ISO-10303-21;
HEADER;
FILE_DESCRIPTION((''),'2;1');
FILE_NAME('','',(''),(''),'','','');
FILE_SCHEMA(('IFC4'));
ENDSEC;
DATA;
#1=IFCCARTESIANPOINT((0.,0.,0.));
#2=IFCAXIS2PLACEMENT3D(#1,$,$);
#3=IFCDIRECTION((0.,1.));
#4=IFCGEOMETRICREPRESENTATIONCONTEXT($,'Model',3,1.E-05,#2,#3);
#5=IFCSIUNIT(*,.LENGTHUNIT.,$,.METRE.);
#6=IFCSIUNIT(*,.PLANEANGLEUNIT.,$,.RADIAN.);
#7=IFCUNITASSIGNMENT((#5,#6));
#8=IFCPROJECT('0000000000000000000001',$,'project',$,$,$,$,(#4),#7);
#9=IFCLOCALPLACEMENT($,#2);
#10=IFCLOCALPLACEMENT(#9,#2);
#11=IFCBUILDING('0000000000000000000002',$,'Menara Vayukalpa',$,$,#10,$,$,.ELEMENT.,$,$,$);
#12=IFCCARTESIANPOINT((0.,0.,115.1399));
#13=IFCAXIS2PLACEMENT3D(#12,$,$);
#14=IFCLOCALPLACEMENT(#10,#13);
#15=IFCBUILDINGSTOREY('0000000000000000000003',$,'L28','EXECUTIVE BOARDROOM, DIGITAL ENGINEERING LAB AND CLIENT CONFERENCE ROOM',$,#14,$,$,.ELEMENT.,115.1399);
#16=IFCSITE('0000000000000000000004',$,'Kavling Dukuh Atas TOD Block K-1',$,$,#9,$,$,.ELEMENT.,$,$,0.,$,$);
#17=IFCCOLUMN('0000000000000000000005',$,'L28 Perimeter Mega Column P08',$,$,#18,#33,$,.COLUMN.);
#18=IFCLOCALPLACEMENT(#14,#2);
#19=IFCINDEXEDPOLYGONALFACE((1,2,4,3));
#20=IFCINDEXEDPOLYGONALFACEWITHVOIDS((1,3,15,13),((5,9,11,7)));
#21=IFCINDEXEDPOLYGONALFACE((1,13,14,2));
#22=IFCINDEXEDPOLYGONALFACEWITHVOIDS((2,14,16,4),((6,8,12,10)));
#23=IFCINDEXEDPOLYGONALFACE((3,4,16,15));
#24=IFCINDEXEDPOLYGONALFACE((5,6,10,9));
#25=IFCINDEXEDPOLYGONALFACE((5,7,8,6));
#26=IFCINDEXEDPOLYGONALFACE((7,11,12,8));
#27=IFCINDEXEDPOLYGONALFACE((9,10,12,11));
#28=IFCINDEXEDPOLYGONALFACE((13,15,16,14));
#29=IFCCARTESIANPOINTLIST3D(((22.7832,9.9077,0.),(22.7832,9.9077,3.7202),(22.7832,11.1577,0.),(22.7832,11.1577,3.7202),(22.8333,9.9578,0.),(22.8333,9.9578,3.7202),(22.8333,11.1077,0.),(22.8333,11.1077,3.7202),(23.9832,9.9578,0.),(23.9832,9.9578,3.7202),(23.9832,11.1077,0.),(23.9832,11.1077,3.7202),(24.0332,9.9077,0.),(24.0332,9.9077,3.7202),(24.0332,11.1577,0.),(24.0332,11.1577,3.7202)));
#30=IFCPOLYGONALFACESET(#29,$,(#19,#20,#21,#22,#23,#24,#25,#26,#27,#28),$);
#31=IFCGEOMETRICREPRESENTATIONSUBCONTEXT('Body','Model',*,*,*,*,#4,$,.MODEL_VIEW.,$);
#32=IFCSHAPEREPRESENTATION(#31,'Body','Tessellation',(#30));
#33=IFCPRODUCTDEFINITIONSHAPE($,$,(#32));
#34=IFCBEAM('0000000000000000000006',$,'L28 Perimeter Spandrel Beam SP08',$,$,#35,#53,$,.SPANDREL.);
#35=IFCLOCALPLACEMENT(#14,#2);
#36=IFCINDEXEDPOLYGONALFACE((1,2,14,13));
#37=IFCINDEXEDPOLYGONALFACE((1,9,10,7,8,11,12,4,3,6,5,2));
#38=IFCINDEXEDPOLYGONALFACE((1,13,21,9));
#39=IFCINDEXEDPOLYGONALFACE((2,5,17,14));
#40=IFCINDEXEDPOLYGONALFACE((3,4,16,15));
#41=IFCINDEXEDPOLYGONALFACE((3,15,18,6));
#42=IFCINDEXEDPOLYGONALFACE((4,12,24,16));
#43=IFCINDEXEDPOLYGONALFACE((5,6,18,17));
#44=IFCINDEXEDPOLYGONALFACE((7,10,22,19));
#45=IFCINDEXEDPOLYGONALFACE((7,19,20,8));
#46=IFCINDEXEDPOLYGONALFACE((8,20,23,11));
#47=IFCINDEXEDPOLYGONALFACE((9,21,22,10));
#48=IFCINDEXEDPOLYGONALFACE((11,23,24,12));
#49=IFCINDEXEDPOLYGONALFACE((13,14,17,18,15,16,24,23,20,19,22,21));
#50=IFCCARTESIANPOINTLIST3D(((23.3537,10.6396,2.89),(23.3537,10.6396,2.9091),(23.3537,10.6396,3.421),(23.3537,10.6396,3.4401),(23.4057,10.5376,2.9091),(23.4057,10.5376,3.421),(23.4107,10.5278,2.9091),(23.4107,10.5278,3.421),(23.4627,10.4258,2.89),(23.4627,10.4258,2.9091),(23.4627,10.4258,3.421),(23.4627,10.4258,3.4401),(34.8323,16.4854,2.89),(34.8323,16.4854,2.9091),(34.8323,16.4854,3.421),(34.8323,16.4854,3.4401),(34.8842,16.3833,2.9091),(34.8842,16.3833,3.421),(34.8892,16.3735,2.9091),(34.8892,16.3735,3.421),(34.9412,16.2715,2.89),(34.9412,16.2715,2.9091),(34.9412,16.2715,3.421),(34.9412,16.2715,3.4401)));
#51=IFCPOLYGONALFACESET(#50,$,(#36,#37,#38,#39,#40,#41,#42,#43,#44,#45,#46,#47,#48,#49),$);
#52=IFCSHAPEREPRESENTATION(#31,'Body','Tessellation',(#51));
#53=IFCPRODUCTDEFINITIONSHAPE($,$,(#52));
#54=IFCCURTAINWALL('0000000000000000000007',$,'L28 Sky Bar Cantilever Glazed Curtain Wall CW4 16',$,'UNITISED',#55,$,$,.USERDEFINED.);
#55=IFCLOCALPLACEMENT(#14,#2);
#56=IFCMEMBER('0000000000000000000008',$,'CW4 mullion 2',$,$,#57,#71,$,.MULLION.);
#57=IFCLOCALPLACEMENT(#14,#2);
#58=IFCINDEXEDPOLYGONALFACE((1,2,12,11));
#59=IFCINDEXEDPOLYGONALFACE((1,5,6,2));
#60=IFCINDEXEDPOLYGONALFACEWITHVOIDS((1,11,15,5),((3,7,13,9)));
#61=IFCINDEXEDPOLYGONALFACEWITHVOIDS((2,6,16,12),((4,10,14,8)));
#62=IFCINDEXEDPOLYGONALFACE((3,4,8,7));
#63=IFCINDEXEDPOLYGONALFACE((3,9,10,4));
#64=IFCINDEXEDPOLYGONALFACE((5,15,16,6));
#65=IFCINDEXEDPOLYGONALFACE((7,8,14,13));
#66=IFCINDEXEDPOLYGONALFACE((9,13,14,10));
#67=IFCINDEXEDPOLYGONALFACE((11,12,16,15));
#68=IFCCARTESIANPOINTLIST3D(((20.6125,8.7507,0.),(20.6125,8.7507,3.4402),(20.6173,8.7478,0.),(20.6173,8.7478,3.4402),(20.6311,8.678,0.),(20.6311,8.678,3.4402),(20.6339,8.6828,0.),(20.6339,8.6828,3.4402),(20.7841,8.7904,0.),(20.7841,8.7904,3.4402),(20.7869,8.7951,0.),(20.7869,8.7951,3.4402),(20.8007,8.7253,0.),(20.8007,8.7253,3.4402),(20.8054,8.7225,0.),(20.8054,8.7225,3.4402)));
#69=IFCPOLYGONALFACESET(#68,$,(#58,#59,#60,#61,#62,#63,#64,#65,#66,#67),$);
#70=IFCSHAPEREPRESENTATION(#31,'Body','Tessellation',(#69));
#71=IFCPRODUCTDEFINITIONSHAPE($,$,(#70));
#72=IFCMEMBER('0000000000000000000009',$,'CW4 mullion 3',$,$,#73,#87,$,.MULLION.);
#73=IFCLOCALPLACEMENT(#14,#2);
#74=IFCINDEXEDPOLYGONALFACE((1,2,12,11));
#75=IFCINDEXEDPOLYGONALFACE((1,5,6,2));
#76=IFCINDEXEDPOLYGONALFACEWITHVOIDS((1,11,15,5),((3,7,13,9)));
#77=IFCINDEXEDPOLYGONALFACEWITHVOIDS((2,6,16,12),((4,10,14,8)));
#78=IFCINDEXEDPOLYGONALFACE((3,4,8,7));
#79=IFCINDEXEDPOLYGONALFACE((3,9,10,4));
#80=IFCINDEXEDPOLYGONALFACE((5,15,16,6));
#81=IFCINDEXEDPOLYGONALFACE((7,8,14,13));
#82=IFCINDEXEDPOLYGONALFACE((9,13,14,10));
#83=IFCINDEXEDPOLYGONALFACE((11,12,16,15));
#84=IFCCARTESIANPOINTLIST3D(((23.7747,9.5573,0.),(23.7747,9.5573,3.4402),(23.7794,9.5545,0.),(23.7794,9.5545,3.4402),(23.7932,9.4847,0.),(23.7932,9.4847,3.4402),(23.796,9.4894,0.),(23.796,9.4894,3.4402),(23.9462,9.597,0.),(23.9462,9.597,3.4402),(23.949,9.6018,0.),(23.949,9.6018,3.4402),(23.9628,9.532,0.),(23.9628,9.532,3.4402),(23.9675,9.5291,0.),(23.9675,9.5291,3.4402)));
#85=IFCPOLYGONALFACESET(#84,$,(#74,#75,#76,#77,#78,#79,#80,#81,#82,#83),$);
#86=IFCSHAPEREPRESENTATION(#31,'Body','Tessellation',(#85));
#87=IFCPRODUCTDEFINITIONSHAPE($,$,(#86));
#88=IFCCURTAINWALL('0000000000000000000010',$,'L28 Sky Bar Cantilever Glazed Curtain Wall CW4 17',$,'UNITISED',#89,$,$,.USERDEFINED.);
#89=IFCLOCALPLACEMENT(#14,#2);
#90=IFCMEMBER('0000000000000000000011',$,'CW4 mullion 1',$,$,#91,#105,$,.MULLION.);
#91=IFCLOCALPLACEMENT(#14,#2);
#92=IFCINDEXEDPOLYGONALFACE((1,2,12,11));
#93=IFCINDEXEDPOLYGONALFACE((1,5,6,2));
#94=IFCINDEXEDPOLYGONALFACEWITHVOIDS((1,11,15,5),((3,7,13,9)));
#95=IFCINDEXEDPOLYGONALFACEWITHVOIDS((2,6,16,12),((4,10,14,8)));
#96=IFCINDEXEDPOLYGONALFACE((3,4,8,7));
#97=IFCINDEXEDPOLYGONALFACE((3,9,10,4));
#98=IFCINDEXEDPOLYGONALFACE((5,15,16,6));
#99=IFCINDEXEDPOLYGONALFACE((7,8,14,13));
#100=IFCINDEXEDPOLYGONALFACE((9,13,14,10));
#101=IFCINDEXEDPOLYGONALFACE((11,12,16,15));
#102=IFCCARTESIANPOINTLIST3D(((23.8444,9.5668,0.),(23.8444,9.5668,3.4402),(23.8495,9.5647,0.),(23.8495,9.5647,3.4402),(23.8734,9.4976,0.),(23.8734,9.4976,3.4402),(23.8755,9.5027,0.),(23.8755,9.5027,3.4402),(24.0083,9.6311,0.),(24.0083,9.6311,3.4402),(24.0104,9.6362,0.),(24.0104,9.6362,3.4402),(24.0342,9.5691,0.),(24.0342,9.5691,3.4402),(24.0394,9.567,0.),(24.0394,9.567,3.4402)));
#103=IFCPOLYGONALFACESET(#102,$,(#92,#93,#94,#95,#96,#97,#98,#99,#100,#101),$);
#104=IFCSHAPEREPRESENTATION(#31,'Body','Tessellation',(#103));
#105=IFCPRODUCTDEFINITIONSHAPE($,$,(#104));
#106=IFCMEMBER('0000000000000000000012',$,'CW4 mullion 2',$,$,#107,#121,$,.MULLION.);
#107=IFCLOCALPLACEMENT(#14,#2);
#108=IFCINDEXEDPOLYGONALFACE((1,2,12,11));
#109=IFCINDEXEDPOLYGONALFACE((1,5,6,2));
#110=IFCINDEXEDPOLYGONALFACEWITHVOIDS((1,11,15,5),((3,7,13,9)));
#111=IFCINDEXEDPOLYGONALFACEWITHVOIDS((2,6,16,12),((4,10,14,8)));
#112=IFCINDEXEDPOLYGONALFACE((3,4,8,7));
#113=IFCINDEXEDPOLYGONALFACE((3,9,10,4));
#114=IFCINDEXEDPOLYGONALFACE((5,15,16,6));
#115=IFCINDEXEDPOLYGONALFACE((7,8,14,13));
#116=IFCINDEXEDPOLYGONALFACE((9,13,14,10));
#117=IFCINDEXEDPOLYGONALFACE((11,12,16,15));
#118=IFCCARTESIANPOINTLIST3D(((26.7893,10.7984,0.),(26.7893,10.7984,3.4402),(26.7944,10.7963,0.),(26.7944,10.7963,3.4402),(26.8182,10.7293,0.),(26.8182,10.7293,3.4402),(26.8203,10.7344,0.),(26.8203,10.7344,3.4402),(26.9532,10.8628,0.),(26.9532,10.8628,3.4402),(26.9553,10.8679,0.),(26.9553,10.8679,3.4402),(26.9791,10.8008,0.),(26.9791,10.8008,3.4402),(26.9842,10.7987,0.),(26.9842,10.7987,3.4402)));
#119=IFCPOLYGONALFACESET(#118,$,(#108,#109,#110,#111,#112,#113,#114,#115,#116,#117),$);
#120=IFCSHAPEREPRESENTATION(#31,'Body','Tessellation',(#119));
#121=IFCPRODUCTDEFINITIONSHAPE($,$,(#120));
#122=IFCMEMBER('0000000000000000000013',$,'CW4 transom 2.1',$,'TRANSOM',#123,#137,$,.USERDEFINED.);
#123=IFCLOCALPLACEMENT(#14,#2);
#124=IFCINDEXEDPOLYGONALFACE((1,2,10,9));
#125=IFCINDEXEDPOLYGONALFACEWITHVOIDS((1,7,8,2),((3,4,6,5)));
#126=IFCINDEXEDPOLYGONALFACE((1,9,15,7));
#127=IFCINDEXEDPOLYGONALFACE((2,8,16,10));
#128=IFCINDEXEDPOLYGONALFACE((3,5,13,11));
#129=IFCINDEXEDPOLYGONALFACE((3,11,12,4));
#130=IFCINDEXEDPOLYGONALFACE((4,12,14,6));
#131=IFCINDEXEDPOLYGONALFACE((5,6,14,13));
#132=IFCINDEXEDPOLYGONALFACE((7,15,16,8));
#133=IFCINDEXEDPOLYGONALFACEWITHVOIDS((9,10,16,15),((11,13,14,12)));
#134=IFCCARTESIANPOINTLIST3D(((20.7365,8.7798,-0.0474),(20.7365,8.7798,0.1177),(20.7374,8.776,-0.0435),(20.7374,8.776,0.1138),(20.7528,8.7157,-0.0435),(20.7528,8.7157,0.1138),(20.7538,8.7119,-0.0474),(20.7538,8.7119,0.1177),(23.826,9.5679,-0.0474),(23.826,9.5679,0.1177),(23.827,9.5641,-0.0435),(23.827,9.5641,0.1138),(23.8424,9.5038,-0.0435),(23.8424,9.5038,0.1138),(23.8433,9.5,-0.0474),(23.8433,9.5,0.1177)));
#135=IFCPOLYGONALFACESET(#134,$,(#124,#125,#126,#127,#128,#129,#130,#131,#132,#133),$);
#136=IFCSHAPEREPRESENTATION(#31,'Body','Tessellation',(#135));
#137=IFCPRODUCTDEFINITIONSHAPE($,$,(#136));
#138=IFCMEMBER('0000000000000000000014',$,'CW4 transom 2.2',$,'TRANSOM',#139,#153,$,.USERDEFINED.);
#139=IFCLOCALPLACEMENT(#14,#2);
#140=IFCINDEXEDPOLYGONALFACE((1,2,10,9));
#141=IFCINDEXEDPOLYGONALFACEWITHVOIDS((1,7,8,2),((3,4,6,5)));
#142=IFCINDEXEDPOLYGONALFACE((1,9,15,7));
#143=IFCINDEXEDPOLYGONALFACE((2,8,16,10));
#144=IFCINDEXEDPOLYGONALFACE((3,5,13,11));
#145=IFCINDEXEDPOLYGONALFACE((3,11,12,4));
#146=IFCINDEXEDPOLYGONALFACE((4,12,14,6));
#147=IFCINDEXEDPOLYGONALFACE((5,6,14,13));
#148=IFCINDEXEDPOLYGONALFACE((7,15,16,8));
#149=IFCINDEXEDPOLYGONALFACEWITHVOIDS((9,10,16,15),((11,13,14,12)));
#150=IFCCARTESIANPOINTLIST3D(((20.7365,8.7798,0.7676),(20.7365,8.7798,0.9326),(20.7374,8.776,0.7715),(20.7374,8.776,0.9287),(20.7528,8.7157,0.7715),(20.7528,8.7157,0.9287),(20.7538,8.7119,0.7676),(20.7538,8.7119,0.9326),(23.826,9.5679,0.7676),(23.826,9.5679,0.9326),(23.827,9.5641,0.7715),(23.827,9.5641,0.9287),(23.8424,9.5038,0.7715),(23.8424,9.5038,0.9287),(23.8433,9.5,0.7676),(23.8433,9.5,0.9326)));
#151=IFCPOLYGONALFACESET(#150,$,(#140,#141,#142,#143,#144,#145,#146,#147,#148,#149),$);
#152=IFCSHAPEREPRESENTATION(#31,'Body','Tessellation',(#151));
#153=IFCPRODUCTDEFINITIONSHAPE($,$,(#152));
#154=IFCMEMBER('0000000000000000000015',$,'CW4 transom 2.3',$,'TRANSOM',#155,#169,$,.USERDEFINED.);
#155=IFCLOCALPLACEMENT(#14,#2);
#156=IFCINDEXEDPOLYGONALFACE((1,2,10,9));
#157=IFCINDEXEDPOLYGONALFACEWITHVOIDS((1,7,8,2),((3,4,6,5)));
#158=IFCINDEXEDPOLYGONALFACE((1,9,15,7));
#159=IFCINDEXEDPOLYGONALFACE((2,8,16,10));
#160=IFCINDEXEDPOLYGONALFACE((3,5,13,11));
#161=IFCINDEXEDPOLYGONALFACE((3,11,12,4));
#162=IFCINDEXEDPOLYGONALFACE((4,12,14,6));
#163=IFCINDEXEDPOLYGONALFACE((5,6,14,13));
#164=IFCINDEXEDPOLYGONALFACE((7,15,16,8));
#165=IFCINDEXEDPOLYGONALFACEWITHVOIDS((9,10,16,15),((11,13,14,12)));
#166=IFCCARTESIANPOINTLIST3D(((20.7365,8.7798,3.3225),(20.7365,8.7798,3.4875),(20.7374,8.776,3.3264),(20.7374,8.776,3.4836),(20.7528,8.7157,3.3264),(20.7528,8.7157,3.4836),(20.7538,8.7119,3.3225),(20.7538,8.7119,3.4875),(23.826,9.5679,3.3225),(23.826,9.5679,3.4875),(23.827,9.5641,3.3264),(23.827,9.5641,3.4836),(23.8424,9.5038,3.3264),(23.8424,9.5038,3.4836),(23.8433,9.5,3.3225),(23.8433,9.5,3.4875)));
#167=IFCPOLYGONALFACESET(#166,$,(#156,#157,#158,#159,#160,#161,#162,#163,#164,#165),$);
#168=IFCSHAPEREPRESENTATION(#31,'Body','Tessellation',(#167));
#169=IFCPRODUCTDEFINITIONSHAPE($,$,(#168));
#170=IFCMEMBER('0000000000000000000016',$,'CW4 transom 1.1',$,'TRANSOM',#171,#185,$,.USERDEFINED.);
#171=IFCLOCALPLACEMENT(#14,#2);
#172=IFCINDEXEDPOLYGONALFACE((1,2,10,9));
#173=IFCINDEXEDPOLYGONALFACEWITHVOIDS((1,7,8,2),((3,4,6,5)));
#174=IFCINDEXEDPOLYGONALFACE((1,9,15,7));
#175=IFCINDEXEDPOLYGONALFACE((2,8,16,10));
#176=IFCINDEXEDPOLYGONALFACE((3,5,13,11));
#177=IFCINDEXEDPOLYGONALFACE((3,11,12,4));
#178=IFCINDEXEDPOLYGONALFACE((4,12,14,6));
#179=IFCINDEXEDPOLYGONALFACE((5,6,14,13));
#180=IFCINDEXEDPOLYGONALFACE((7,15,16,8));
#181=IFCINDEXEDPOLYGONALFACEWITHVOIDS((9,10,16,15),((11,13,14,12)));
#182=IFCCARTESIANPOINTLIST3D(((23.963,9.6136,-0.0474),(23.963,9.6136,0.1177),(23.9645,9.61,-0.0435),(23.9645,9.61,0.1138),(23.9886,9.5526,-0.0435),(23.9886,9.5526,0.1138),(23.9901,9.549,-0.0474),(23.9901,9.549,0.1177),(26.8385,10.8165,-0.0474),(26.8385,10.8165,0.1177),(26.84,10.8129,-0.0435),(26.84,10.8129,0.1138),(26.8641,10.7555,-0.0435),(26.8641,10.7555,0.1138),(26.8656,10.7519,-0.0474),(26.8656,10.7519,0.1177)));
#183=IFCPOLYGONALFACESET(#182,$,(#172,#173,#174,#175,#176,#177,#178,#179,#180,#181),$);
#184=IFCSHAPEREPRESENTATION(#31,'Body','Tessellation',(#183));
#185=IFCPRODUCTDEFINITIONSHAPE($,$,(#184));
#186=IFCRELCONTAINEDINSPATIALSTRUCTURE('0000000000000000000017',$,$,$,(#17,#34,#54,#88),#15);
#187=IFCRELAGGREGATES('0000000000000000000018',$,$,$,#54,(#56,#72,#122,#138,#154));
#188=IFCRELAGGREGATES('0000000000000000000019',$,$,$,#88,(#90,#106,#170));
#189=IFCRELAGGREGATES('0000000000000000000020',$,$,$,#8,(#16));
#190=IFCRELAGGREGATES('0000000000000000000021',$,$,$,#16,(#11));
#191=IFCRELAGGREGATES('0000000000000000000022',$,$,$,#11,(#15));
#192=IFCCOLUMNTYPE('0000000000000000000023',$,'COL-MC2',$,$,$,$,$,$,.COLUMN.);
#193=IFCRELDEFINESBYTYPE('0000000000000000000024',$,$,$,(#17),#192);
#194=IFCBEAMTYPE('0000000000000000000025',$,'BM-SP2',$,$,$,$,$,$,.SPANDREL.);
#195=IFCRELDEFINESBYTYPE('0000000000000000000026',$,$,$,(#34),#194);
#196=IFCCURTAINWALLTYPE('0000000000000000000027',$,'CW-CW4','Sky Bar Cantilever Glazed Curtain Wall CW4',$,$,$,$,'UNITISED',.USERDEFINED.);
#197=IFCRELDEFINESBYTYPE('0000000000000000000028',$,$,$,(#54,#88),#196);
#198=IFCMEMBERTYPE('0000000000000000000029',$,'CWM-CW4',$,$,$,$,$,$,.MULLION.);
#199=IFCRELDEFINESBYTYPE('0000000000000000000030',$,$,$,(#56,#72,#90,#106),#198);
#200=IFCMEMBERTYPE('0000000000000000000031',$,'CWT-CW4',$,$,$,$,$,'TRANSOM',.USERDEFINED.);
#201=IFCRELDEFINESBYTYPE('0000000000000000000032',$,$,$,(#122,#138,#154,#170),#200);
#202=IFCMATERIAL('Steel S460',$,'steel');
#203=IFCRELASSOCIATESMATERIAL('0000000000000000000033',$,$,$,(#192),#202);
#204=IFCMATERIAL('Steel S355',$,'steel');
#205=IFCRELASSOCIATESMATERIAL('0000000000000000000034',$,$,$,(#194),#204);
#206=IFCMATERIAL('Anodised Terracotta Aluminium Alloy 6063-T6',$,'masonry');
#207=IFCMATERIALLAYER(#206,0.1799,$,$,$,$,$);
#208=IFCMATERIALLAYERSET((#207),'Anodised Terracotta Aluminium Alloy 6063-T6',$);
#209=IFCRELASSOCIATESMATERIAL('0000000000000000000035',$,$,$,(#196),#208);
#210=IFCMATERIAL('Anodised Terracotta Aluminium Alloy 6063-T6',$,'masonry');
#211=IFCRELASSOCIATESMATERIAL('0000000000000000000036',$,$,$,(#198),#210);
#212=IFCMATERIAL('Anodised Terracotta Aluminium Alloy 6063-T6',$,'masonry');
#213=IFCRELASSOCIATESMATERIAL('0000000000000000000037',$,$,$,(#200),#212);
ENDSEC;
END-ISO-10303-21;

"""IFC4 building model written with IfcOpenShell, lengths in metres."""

from ifc_helpers import new_model, si_unit, direction, frame, origin, origin_2d, place, context, subcontext, project, spatial, hollow_rectangle, i_section, extrude, material, layer, layer_set, material_profile, profile_set, type_object, element, aggregate, save


model = new_model("IFC4")

# Units and contexts
model_context = context("Model", 3, precision=1e-05, world=origin(), true_north=direction((0.0, 1.0)))
body_context = subcontext(model_context, "Body", "Model", "MODEL_VIEW")
ifc_project = project(units=[si_unit("LENGTHUNIT", "METRE"), si_unit("PLANEANGLEUNIT", "RADIAN")], contexts=[model_context])

# Site, building, storey
site_placement = place(None, origin())
site = spatial("IfcSite", under=ifc_project, at=site_placement, Name="Kavling Dukuh Atas TOD Block K-1", CompositionType="ELEMENT", RefElevation=0.0)
building_placement = place(site_placement, origin())
building = spatial("IfcBuilding", under=site, at=building_placement, Name="Menara Vayukalpa", CompositionType="ELEMENT")
storey_placement = place(building_placement, frame((0.0, 0.0, 115.1399)))
storey = spatial("IfcBuildingStorey", under=building, at=storey_placement, Name="L28", Description="EXECUTIVE BOARDROOM, DIGITAL ENGINEERING LAB AND CLIENT CONFERENCE ROOM", CompositionType="ELEMENT", Elevation=115.1399)

# Column
ifc_material_1 = material(Name="Steel S460", Category="steel")
ifc_material_profile_1 = material_profile(ifc_material_1, hollow_rectangle(XDim=1.25, YDim=1.25, WallThickness=0.05, at=origin_2d()), Name="BOX 1250x1250x50")
ifc_profile_set_1 = profile_set([ifc_material_profile_1], Name="Steel S460")
column_type = type_object("IfcColumnType", Name="COL-MC2", PredefinedType="COLUMN", material=ifc_profile_set_1)
column_placement = place(storey_placement, frame((23.4082, 10.5327, 0.0), z_axis=(0.0, 0.0, 1.0), x_axis=(1.0, 0.0, 0.0)))
element("IfcColumn", 1, at=column_placement, inside=storey, type_object=column_type, Name="L28 Perimeter Mega Column P08", PredefinedType="COLUMN", context=body_context, shape_type="SweptSolid", body=[
    extrude(hollow_rectangle(XDim=1.25, YDim=1.25, WallThickness=0.05, at=origin_2d()), origin(), (0.0, 0.0, 1.0), 3.7202),
])

# Beam
ifc_material_2 = material(Name="Steel S355", Category="steel")
ifc_material_profile_2 = material_profile(ifc_material_2, i_section(OverallWidth=0.24, OverallDepth=0.55, WebThickness=0.011, FlangeThickness=0.019, at=origin_2d()), Name="WF 550x240x11x19")
ifc_profile_set_2 = profile_set([ifc_material_profile_2], Name="Steel S355")
beam_type = type_object("IfcBeamType", Name="BM-SP2", PredefinedType="SPANDREL", material=ifc_profile_set_2)
beam_placement = place(storey_placement, frame((23.4082, 10.5327, 3.165), z_axis=(0.891097, 0.453812, 0.0), x_axis=(-0.453812, 0.891097, 0.0)))
element("IfcBeam", 2, at=beam_placement, inside=storey, type_object=beam_type, Name="L28 Perimeter Spandrel Beam SP08", PredefinedType="SPANDREL", context=body_context, shape_type="SweptSolid", body=[
    extrude(i_section(OverallWidth=0.24, OverallDepth=0.55, WebThickness=0.011, FlangeThickness=0.019, at=origin_2d()), origin(), (0.0, 0.0, 1.0), 12.8813),
])

# Curtain walls, members
ifc_material_3 = material(Name="Anodised Terracotta Aluminium Alloy 6063-T6", Category="masonry")
ifc_layer_1 = layer(ifc_material_3, 0.1799)
ifc_layer_set_1 = layer_set([ifc_layer_1], Name="Anodised Terracotta Aluminium Alloy 6063-T6")
curtain_wall_type = type_object("IfcCurtainWallType", Name="CW-CW4", Description="Sky Bar Cantilever Glazed Curtain Wall CW4", ElementType="UNITISED", PredefinedType="USERDEFINED", material=ifc_layer_set_1)
curtain_wall_1_placement = place(storey_placement, origin())
curtain_wall_1 = element("IfcCurtainWall", 3, at=curtain_wall_1_placement, inside=storey, type_object=curtain_wall_type, Name="L28 Sky Bar Cantilever Glazed Curtain Wall CW4 16", ObjectType="UNITISED", PredefinedType="USERDEFINED")
ifc_material_4 = material(Name="Anodised Terracotta Aluminium Alloy 6063-T6", Category="masonry")
ifc_material_profile_3 = material_profile(ifc_material_4, hollow_rectangle(XDim=0.075, YDim=0.1799, WallThickness=0.0039, at=origin_2d()), Name="ALU 75x180x4")
ifc_profile_set_3 = profile_set([ifc_material_profile_3], Name="Anodised Terracotta Aluminium Alloy 6063-T6")
member_type_1 = type_object("IfcMemberType", Name="CWM-CW4", PredefinedType="MULLION", material=ifc_profile_set_3)
member_1_placement = place(storey_placement, frame((20.709, 8.7366, 0.0), z_axis=(0.0, 0.0, 1.0), x_axis=(-0.247131, 0.968982, 0.0)))
member_1 = element("IfcMember", 4, at=member_1_placement, type_object=member_type_1, Name="CW4 mullion 2", PredefinedType="MULLION", context=body_context, shape_type="SweptSolid", body=[
    extrude(hollow_rectangle(XDim=0.075, YDim=0.1799, WallThickness=0.0039, at=origin_2d()), origin(), (0.0, 0.0, 1.0), 3.4402),
])
member_2_placement = place(storey_placement, frame((23.8711, 9.5432, 0.0), z_axis=(0.0, 0.0, 1.0), x_axis=(-0.247131, 0.968982, 0.0)))
member_2 = element("IfcMember", 5, at=member_2_placement, type_object=member_type_1, Name="CW4 mullion 3", PredefinedType="MULLION", context=body_context, shape_type="SweptSolid", body=[
    extrude(hollow_rectangle(XDim=0.075, YDim=0.1799, WallThickness=0.0039, at=origin_2d()), origin(), (0.0, 0.0, 1.0), 3.4402),
])
curtain_wall_2_placement = place(storey_placement, origin())
curtain_wall_2 = element("IfcCurtainWall", 6, at=curtain_wall_2_placement, inside=storey, type_object=curtain_wall_type, Name="L28 Sky Bar Cantilever Glazed Curtain Wall CW4 17", ObjectType="UNITISED", PredefinedType="USERDEFINED")
member_3_placement = place(storey_placement, frame((23.9419, 9.5669, 0.0), z_axis=(0.0, 0.0, 1.0), x_axis=(-0.385894, 0.922543, 0.0)))
member_3 = element("IfcMember", 7, at=member_3_placement, type_object=member_type_1, Name="CW4 mullion 1", PredefinedType="MULLION", context=body_context, shape_type="SweptSolid", body=[
    extrude(hollow_rectangle(XDim=0.075, YDim=0.1799, WallThickness=0.0039, at=origin_2d()), origin(), (0.0, 0.0, 1.0), 3.4402),
])
member_4_placement = place(storey_placement, frame((26.8867, 10.7986, 0.0), z_axis=(0.0, 0.0, 1.0), x_axis=(-0.385894, 0.922543, 0.0)))
member_4 = element("IfcMember", 8, at=member_4_placement, type_object=member_type_1, Name="CW4 mullion 2", PredefinedType="MULLION", context=body_context, shape_type="SweptSolid", body=[
    extrude(hollow_rectangle(XDim=0.075, YDim=0.1799, WallThickness=0.0039, at=origin_2d()), origin(), (0.0, 0.0, 1.0), 3.4402),
])

# Members
ifc_material_5 = material(Name="Anodised Terracotta Aluminium Alloy 6063-T6", Category="masonry")
ifc_material_profile_4 = material_profile(ifc_material_5, hollow_rectangle(XDim=0.0701, YDim=0.165, WallThickness=0.0039, at=origin_2d()), Name="ALU 70x165x4")
ifc_profile_set_4 = profile_set([ifc_material_profile_4], Name="Anodised Terracotta Aluminium Alloy 6063-T6")
member_type_2 = type_object("IfcMemberType", Name="CWT-CW4", ElementType="TRANSOM", PredefinedType="USERDEFINED", material=ifc_profile_set_4)
member_5_placement = place(storey_placement, frame((20.7451, 8.7458, 0.0352), z_axis=(0.968974, 0.247163, 0.0), x_axis=(-0.247163, 0.968974, 0.0)))
member_5 = element("IfcMember", 9, at=member_5_placement, type_object=member_type_2, Name="CW4 transom 2.1", ObjectType="TRANSOM", PredefinedType="USERDEFINED", context=body_context, shape_type="SweptSolid", body=[
    extrude(hollow_rectangle(XDim=0.0701, YDim=0.165, WallThickness=0.0039, at=origin_2d()), origin(), (0.0, 0.0, 1.0), 3.1885),
])
member_6_placement = place(storey_placement, frame((20.7451, 8.7458, 0.8501), z_axis=(0.968974, 0.247163, 0.0), x_axis=(-0.247163, 0.968974, 0.0)))
member_6 = element("IfcMember", 10, at=member_6_placement, type_object=member_type_2, Name="CW4 transom 2.2", ObjectType="TRANSOM", PredefinedType="USERDEFINED", context=body_context, shape_type="SweptSolid", body=[
    extrude(hollow_rectangle(XDim=0.0701, YDim=0.165, WallThickness=0.0039, at=origin_2d()), origin(), (0.0, 0.0, 1.0), 3.1885),
])
member_7_placement = place(storey_placement, frame((20.7451, 8.7458, 3.405), z_axis=(0.968974, 0.247163, 0.0), x_axis=(-0.247163, 0.968974, 0.0)))
member_7 = element("IfcMember", 11, at=member_7_placement, type_object=member_type_2, Name="CW4 transom 2.3", ObjectType="TRANSOM", PredefinedType="USERDEFINED", context=body_context, shape_type="SweptSolid", body=[
    extrude(hollow_rectangle(XDim=0.0701, YDim=0.165, WallThickness=0.0039, at=origin_2d()), origin(), (0.0, 0.0, 1.0), 3.1885),
])
member_8_placement = place(storey_placement, frame((23.9766, 9.5813, 0.0352), z_axis=(0.922534, 0.385916, 0.0), x_axis=(-0.385916, 0.922534, 0.0)))
member_8 = element("IfcMember", 12, at=member_8_placement, type_object=member_type_2, Name="CW4 transom 1.1", ObjectType="TRANSOM", PredefinedType="USERDEFINED", context=body_context, shape_type="SweptSolid", body=[
    extrude(hollow_rectangle(XDim=0.0701, YDim=0.165, WallThickness=0.0039, at=origin_2d()), origin(), (0.0, 0.0, 1.0), 3.1169),
])

aggregate(curtain_wall_1, [member_1, member_2, member_5, member_6, member_7])
aggregate(curtain_wall_2, [member_3, member_4, member_8])

save(model, "model.ifc")
